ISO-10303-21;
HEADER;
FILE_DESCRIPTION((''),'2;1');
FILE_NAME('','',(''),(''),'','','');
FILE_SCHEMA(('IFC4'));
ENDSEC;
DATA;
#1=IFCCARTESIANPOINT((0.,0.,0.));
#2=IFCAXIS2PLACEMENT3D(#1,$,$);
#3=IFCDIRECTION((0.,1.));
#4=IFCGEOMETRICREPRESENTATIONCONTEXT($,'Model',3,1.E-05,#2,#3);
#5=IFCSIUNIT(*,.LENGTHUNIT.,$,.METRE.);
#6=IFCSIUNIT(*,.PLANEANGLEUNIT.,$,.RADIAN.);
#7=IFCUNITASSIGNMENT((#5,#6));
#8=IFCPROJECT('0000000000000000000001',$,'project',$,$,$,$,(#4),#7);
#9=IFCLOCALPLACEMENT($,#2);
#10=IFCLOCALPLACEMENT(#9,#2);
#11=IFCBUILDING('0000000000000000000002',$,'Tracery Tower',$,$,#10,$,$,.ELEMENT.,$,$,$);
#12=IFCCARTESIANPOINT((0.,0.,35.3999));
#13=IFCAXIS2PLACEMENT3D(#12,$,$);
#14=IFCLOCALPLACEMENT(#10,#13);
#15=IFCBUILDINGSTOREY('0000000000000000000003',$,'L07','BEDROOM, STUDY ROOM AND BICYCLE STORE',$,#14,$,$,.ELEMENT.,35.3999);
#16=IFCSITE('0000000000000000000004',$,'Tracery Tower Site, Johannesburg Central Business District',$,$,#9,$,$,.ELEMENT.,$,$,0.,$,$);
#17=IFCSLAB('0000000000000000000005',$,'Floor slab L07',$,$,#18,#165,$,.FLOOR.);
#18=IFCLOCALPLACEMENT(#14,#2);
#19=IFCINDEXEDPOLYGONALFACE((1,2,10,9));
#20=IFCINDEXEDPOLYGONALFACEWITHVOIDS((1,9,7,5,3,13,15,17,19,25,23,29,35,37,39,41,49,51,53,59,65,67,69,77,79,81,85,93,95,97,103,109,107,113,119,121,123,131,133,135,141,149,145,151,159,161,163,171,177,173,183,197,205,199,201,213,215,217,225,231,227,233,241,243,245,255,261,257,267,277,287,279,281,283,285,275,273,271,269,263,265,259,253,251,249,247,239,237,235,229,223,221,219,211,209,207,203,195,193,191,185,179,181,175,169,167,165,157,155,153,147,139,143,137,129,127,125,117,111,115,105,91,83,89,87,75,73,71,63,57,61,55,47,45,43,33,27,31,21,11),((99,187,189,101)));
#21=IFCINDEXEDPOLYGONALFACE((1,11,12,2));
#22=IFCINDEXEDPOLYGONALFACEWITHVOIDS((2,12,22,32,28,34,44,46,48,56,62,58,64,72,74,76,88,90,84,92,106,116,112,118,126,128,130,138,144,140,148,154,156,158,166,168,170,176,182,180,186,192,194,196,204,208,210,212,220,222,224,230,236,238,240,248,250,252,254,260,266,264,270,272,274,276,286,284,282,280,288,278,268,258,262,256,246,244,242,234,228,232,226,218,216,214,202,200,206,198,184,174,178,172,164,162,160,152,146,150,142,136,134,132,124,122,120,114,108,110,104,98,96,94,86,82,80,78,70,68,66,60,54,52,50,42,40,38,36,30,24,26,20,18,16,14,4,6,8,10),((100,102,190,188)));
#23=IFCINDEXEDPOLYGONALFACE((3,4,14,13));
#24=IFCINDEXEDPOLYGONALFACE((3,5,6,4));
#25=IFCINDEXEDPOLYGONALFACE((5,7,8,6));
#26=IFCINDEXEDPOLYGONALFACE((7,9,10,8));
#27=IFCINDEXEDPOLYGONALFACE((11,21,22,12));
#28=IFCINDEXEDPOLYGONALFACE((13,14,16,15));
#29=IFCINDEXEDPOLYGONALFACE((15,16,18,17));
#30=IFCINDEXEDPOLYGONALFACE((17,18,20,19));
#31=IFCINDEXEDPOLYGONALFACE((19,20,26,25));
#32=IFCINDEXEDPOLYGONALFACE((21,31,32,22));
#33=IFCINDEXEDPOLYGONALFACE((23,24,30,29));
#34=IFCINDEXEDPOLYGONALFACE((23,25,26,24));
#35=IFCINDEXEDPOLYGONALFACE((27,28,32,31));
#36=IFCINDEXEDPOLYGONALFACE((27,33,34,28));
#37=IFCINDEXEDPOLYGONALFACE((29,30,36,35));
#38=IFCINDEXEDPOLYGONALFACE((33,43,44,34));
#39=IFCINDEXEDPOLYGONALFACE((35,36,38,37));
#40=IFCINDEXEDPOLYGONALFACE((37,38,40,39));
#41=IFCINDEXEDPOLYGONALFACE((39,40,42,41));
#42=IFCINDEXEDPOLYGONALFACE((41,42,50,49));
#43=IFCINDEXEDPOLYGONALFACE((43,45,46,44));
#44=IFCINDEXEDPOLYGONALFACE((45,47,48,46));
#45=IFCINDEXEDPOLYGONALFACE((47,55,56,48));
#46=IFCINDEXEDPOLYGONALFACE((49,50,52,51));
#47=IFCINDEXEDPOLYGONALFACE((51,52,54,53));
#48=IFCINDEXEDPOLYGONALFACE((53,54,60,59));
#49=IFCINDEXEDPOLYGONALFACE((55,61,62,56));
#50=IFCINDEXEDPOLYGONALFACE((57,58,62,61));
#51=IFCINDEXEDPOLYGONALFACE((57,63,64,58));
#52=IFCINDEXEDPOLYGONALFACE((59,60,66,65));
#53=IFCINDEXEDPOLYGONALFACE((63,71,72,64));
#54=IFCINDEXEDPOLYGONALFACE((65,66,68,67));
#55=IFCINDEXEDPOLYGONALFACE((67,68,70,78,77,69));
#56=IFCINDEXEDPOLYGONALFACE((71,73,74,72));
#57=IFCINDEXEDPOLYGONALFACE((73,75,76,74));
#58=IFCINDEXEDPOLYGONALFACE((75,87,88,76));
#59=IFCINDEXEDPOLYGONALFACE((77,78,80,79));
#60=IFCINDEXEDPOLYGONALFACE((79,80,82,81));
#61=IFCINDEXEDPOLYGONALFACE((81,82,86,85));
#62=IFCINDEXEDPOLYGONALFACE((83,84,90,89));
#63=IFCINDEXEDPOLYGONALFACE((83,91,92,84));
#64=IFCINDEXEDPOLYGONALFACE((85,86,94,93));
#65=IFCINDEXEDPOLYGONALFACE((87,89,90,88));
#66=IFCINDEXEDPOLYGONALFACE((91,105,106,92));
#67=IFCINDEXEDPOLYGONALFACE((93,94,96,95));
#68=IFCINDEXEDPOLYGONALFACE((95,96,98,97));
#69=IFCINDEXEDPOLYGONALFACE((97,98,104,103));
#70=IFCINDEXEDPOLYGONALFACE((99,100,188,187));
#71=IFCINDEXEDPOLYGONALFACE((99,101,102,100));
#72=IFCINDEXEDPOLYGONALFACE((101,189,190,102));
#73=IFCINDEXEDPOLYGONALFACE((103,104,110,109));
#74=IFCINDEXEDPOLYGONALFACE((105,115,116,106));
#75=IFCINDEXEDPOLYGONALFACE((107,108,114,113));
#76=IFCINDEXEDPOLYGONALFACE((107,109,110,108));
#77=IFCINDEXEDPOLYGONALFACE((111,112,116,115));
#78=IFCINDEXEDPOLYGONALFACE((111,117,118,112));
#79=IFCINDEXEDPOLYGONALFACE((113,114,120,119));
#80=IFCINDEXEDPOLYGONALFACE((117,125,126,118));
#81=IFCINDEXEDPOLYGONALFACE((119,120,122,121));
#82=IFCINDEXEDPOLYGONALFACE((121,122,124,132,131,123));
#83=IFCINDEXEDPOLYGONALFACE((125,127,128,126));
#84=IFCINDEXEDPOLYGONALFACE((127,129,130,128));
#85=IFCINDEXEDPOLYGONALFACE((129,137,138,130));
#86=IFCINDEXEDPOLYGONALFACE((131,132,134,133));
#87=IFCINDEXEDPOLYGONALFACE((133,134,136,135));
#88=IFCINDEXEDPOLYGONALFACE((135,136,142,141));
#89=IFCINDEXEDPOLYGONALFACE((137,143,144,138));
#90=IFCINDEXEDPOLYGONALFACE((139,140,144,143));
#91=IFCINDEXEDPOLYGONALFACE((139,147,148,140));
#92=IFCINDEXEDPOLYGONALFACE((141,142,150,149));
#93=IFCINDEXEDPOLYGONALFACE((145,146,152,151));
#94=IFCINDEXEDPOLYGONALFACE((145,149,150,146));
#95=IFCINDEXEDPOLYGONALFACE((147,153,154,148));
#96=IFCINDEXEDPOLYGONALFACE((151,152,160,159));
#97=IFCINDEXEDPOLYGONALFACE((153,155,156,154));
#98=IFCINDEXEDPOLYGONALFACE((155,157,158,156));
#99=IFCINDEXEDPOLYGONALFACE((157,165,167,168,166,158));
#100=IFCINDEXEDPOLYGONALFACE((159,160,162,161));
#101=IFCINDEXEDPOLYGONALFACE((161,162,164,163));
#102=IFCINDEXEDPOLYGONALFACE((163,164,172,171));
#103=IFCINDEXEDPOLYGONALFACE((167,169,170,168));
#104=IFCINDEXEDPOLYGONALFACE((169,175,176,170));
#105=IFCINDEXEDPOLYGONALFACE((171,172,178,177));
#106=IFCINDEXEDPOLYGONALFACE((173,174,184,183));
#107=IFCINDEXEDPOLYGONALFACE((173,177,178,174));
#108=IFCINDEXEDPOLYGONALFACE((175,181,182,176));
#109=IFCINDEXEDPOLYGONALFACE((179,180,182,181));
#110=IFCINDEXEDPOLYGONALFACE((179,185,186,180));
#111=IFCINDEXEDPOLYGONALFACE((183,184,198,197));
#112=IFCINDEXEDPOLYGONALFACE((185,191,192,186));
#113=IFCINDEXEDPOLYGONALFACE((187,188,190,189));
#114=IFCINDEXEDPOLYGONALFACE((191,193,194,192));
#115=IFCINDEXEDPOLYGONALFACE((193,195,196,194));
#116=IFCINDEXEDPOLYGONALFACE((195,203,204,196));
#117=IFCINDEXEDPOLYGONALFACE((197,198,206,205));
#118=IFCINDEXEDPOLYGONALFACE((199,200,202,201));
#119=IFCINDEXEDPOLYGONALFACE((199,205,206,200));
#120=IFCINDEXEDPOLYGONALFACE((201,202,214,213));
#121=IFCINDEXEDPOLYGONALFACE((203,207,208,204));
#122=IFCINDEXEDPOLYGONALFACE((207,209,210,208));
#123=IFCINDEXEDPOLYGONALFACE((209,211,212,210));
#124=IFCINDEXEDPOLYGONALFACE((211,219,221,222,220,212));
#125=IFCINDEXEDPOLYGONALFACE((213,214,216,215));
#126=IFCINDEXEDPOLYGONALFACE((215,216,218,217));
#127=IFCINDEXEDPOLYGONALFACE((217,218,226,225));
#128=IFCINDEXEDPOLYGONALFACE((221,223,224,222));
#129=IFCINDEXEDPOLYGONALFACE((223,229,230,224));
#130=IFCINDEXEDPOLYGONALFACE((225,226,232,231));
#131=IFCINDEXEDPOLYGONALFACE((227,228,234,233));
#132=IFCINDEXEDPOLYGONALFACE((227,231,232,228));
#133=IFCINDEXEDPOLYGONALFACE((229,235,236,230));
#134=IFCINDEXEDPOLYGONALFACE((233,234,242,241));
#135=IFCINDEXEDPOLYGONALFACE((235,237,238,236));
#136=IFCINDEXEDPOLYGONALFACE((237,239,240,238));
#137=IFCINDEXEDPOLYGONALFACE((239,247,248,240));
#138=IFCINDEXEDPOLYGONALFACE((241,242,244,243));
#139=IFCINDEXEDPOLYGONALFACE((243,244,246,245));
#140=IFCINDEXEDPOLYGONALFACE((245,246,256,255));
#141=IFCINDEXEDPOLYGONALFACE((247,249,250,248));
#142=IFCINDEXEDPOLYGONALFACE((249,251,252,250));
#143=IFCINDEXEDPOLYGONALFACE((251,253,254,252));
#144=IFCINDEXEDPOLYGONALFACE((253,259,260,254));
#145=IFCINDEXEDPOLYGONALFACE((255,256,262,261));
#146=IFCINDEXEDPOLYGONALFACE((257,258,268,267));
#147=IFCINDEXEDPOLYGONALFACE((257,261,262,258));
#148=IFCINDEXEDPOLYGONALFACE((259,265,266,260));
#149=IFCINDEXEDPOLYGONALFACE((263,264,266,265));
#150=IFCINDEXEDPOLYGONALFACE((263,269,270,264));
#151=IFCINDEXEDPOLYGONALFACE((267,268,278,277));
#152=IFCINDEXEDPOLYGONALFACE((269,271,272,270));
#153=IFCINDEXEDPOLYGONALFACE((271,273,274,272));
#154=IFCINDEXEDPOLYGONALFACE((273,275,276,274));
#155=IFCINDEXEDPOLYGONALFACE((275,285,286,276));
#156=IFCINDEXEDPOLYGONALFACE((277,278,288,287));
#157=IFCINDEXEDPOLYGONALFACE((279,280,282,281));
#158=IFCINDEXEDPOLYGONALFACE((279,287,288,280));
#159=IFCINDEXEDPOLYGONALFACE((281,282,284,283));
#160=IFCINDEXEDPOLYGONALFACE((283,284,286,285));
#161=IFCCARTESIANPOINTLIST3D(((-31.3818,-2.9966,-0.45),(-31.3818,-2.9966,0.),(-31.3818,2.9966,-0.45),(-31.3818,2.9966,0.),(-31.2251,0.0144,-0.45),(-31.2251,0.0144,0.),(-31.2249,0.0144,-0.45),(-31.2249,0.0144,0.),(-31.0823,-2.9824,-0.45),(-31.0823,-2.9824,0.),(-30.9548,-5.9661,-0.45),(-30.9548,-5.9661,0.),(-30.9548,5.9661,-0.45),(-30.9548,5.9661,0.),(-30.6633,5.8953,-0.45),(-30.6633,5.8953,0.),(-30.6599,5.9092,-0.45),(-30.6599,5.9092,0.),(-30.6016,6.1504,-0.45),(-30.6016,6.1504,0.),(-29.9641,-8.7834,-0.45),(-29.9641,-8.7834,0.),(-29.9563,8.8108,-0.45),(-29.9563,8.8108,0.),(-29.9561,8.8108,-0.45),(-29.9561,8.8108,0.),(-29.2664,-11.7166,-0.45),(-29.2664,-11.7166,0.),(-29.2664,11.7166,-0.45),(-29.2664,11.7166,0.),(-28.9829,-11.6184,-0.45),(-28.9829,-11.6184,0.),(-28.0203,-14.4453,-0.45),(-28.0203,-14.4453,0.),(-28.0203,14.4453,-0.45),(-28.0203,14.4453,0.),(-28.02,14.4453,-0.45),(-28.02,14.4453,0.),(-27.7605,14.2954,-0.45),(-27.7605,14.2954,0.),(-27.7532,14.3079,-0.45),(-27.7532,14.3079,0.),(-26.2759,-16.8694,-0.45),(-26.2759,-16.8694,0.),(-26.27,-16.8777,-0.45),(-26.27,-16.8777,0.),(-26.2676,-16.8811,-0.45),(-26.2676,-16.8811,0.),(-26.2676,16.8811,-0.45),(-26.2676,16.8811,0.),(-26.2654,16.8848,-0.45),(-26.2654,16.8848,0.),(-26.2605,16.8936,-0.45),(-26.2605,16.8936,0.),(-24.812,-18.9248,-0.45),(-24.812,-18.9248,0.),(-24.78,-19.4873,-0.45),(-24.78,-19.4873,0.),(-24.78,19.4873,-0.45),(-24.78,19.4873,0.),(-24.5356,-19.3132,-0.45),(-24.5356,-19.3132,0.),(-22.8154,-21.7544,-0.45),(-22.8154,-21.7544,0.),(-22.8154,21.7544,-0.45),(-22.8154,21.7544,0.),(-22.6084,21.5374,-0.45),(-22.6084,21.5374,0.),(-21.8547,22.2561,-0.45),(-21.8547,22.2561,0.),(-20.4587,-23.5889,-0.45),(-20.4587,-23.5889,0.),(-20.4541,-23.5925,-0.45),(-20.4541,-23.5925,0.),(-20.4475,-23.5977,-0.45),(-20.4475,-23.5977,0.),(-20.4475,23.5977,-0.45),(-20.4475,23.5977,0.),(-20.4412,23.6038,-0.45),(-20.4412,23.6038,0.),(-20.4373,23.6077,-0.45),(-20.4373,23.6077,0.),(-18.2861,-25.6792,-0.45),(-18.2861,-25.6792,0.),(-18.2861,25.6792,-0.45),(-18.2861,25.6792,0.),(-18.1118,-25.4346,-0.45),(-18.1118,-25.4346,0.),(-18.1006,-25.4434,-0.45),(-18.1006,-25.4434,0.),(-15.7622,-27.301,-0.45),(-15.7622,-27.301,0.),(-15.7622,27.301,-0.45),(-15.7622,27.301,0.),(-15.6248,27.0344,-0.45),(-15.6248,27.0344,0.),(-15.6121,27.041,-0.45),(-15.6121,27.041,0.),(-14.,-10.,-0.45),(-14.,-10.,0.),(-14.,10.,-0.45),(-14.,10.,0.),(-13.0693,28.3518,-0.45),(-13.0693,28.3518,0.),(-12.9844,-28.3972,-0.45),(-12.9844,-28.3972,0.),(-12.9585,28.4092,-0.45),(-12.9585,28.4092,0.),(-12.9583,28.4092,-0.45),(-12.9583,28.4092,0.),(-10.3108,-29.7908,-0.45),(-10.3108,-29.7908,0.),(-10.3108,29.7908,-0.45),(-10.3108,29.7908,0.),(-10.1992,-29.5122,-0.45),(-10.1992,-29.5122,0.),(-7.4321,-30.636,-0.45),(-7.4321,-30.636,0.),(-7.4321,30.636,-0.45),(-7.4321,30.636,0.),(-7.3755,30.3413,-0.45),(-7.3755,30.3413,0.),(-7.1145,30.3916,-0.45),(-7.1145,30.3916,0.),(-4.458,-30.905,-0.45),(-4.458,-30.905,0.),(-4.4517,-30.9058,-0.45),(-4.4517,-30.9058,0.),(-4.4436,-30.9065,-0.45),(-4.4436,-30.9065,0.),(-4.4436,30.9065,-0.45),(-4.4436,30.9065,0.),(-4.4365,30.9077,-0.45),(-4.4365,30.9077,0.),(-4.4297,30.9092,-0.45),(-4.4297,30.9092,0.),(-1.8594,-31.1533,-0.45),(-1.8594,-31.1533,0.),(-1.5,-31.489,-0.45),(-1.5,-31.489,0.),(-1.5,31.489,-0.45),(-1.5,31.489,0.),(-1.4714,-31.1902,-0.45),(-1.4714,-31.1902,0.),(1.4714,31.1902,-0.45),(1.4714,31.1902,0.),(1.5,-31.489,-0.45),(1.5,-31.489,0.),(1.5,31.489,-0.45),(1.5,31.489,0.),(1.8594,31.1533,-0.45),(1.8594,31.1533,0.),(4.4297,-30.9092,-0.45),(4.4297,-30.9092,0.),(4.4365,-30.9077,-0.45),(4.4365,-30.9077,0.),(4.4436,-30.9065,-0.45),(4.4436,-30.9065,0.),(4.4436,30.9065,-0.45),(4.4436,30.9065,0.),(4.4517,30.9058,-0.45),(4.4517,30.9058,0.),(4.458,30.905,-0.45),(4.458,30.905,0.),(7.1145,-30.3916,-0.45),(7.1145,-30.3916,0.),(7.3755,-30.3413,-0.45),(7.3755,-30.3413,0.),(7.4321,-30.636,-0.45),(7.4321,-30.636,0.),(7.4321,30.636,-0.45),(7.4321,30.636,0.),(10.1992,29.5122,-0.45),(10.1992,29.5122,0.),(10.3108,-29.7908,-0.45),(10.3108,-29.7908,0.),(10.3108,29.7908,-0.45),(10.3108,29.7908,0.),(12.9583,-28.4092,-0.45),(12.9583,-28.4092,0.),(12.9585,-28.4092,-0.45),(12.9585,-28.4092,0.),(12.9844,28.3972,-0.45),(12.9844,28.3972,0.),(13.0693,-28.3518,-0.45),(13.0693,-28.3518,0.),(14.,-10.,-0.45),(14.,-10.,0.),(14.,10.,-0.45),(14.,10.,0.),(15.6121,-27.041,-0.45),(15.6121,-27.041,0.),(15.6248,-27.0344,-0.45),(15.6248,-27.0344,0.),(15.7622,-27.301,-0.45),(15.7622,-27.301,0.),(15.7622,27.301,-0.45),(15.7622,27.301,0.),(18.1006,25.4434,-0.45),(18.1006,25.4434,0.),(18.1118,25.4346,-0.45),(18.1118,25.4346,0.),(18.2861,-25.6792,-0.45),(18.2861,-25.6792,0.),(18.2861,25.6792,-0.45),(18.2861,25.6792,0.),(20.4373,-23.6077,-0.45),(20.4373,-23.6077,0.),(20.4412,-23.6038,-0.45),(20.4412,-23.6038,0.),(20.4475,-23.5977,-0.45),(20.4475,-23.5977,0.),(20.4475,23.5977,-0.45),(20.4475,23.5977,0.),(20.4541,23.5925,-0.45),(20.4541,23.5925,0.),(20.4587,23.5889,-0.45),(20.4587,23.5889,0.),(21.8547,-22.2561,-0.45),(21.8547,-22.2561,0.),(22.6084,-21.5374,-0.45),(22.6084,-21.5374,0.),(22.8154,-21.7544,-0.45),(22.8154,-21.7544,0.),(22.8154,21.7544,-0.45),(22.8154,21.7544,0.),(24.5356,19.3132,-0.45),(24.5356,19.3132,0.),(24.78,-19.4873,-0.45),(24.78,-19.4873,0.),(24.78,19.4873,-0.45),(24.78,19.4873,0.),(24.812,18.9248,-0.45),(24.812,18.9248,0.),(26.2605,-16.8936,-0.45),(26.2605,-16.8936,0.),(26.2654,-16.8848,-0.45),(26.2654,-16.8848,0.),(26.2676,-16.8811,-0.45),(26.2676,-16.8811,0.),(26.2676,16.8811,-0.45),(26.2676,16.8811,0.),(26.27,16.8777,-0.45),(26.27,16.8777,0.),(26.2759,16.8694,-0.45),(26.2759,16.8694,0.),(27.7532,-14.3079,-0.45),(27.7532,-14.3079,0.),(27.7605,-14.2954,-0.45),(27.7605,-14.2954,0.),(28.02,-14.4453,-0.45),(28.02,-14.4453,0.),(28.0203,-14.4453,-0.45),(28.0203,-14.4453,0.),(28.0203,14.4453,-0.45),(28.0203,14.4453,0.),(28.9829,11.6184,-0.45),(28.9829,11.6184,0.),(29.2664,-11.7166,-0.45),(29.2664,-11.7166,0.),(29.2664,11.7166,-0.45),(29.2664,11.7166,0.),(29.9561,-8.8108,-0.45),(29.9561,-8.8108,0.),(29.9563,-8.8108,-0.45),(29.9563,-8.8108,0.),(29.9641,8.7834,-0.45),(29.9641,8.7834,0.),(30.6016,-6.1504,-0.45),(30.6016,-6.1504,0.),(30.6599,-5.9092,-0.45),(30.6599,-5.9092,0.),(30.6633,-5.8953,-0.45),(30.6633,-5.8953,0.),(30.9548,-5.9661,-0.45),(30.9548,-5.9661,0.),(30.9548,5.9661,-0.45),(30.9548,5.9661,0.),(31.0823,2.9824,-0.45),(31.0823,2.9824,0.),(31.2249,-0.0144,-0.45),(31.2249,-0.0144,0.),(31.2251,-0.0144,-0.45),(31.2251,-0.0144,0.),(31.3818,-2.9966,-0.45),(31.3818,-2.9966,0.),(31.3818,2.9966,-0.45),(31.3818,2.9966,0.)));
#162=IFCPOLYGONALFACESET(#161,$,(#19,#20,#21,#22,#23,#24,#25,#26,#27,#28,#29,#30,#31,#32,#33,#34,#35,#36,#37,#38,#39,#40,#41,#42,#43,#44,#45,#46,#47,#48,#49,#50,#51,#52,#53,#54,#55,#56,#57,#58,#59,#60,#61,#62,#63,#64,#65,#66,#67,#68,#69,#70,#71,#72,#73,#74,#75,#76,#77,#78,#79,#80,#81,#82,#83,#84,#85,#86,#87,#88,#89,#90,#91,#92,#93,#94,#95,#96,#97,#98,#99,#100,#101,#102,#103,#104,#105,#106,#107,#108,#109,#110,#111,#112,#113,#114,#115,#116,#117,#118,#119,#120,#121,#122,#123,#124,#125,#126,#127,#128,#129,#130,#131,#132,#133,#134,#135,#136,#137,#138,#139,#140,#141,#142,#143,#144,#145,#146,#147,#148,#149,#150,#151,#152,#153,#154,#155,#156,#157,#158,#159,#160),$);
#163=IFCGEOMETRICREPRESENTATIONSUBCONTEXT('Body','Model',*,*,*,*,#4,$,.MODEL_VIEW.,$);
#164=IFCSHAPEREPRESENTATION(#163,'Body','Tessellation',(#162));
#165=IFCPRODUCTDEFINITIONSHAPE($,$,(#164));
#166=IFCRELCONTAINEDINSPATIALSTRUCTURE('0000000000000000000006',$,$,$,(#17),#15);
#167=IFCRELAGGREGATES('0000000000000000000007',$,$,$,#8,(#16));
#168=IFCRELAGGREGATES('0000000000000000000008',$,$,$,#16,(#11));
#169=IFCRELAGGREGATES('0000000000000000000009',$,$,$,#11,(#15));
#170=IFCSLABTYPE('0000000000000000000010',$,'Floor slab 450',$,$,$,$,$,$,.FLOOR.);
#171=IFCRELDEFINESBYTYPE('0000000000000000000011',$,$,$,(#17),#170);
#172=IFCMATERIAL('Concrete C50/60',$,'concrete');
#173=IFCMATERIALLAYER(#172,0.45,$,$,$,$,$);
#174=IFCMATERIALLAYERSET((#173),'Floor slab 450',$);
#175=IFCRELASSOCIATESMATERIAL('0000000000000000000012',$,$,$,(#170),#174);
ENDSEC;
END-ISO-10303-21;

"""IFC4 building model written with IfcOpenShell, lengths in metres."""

from ifc_helpers import new_model, si_unit, direction, frame, origin, place, context, subcontext, project, spatial, polyline, outline, extrude, material, layer, layer_set, type_object, element, save


model = new_model("IFC4")

# Units and contexts
model_context = context("Model", 3, precision=1e-05, world=origin(), true_north=direction((0.0, 1.0)))
body_context = subcontext(model_context, "Body", "Model", "MODEL_VIEW")
ifc_project = project(units=[si_unit("LENGTHUNIT", "METRE"), si_unit("PLANEANGLEUNIT", "RADIAN")], contexts=[model_context])

# Site, building, storey
site_placement = place(None, origin())
site = spatial("IfcSite", under=ifc_project, at=site_placement, Name="Tracery Tower Site, Johannesburg Central Business District", CompositionType="ELEMENT", RefElevation=0.0)
building_placement = place(site_placement, origin())
building = spatial("IfcBuilding", under=site, at=building_placement, Name="Tracery Tower", CompositionType="ELEMENT")
storey_placement = place(building_placement, frame((0.0, 0.0, 35.3999)))
storey = spatial("IfcBuildingStorey", under=building, at=storey_placement, Name="L07", Description="BEDROOM, STUDY ROOM AND BICYCLE STORE", CompositionType="ELEMENT", Elevation=35.3999)

# Slab
ifc_material_1 = material(Name="Concrete C50/60", Category="concrete")
ifc_layer_1 = layer(ifc_material_1, 0.45)
ifc_layer_set_1 = layer_set([ifc_layer_1], Name="Floor slab 450")
slab_type_1 = type_object("IfcSlabType", Name="Floor slab 450", PredefinedType="FLOOR", material=ifc_layer_set_1)
slab_1_placement = place(storey_placement, frame((0.0, 0.0, -0.45)))
element("IfcSlab", 1, at=slab_1_placement, inside=storey, type_object=slab_type_1, Name="Floor slab L07", PredefinedType="FLOOR", context=body_context, shape_type="SweptSolid", body=[
    extrude(outline(polyline([(29.9641, 8.7834), (29.9641, 8.7834), (28.9829, 11.6184), (29.2664, 11.7166), (28.0203, 14.4453), (26.2759, 16.8694), (26.2759, 16.8694), (26.27, 16.8777), (26.2676, 16.8811), (24.812, 18.9248), (24.5356, 19.3132), (24.78, 19.4873), (22.8154, 21.7544), (20.4587, 23.5889), (20.4587, 23.5889), (20.4541, 23.5925), (20.4475, 23.5977), (18.1118, 25.4346), (18.1118, 25.4346), (18.1006, 25.4434), (18.2861, 25.6792), (15.7622, 27.301), (12.9844, 28.3972), (12.9844, 28.3972), (10.1992, 29.5122), (10.3108, 29.7908), (7.4321, 30.636), (4.458, 30.905), (4.458, 30.905), (4.4517, 30.9058), (4.4436, 30.9065), (1.8594, 31.1533), (1.4714, 31.1902), (1.5, 31.489), (1.5, 31.489), (-1.5, 31.489), (-4.4297, 30.9092), (-4.4297, 30.9092), (-4.4365, 30.9077), (-4.4436, 30.9065), (-7.1145, 30.3916), (-7.3755, 30.3413), (-7.4321, 30.636), (-10.3108, 29.7908), (-12.9585, 28.4092), (-12.9583, 28.4092), (-13.0693, 28.3518), (-15.6121, 27.041), (-15.6121, 27.041), (-15.6248, 27.0344), (-15.7622, 27.301), (-15.7622, 27.301), (-18.2861, 25.6792), (-20.4373, 23.6077), (-20.4373, 23.6077), (-20.4412, 23.6038), (-20.4475, 23.5977), (-21.8547, 22.2561), (-22.6084, 21.5374), (-22.8154, 21.7544), (-24.78, 19.4873), (-26.2605, 16.8936), (-26.2605, 16.8936), (-26.2654, 16.8848), (-26.2676, 16.8811), (-27.7532, 14.3079), (-27.7532, 14.3079), (-27.7605, 14.2954), (-28.02, 14.4453), (-28.0203, 14.4453), (-29.2664, 11.7166), (-29.9563, 8.8108), (-29.9561, 8.8108), (-30.6016, 6.1504), (-30.6599, 5.9092), (-30.6599, 5.9092), (-30.6633, 5.8953), (-30.9548, 5.9661), (-31.3818, 2.9966), (-31.2251, 0.0144), (-31.2249, 0.0144), (-31.0823, -2.9824), (-31.3818, -2.9966), (-30.9548, -5.9661), (-29.9641, -8.7834), (-29.9641, -8.7834), (-28.9829, -11.6184), (-29.2664, -11.7166), (-28.0203, -14.4453), (-26.2759, -16.8694), (-26.2759, -16.8694), (-26.27, -16.8777), (-26.2676, -16.8811), (-24.812, -18.9248), (-24.5356, -19.3132), (-24.78, -19.4873), (-22.8154, -21.7544), (-20.4587, -23.5889), (-20.4587, -23.5889), (-20.4541, -23.5925), (-20.4475, -23.5977), (-18.1118, -25.4346), (-18.1118, -25.4346), (-18.1006, -25.4434), (-18.2861, -25.6792), (-15.7622, -27.301), (-12.9844, -28.3972), (-12.9844, -28.3972), (-10.1992, -29.5122), (-10.3108, -29.7908), (-7.4321, -30.636), (-4.458, -30.905), (-4.458, -30.905), (-4.4517, -30.9058), (-4.4436, -30.9065), (-1.8594, -31.1533), (-1.4714, -31.1902), (-1.5, -31.489), (-1.5, -31.489), (1.5, -31.489), (4.4297, -30.9092), (4.4297, -30.9092), (4.4365, -30.9077), (4.4436, -30.9065), (7.1145, -30.3916), (7.3755, -30.3413), (7.4321, -30.636), (10.3108, -29.7908), (12.9585, -28.4092), (12.9583, -28.4092), (13.0693, -28.3518), (15.6121, -27.041), (15.6121, -27.041), (15.6248, -27.0344), (15.7622, -27.301), (15.7622, -27.301), (18.2861, -25.6792), (20.4373, -23.6077), (20.4373, -23.6077), (20.4412, -23.6038), (20.4475, -23.5977), (21.8547, -22.2561), (22.6084, -21.5374), (22.8154, -21.7544), (24.78, -19.4873), (26.2605, -16.8936), (26.2605, -16.8936), (26.2654, -16.8848), (26.2676, -16.8811), (27.7532, -14.3079), (27.7532, -14.3079), (27.7605, -14.2954), (28.02, -14.4453), (28.0203, -14.4453), (29.2664, -11.7166), (29.9563, -8.8108), (29.9561, -8.8108), (30.6016, -6.1504), (30.6599, -5.9092), (30.6599, -5.9092), (30.6633, -5.8953), (30.9548, -5.9661), (31.3818, -2.9966), (31.2251, -0.0144), (31.2249, -0.0144), (31.0823, 2.9824), (31.3818, 2.9966), (30.9548, 5.9661), (29.9641, 8.7834)]), holes=[polyline([(-14.0, -10.0), (14.0, -10.0), (14.0, 10.0), (-14.0, 10.0), (-14.0, -10.0)])]), origin(), (0.0, 0.0, 1.0), 0.45),
])

save(model, "model.ifc")
